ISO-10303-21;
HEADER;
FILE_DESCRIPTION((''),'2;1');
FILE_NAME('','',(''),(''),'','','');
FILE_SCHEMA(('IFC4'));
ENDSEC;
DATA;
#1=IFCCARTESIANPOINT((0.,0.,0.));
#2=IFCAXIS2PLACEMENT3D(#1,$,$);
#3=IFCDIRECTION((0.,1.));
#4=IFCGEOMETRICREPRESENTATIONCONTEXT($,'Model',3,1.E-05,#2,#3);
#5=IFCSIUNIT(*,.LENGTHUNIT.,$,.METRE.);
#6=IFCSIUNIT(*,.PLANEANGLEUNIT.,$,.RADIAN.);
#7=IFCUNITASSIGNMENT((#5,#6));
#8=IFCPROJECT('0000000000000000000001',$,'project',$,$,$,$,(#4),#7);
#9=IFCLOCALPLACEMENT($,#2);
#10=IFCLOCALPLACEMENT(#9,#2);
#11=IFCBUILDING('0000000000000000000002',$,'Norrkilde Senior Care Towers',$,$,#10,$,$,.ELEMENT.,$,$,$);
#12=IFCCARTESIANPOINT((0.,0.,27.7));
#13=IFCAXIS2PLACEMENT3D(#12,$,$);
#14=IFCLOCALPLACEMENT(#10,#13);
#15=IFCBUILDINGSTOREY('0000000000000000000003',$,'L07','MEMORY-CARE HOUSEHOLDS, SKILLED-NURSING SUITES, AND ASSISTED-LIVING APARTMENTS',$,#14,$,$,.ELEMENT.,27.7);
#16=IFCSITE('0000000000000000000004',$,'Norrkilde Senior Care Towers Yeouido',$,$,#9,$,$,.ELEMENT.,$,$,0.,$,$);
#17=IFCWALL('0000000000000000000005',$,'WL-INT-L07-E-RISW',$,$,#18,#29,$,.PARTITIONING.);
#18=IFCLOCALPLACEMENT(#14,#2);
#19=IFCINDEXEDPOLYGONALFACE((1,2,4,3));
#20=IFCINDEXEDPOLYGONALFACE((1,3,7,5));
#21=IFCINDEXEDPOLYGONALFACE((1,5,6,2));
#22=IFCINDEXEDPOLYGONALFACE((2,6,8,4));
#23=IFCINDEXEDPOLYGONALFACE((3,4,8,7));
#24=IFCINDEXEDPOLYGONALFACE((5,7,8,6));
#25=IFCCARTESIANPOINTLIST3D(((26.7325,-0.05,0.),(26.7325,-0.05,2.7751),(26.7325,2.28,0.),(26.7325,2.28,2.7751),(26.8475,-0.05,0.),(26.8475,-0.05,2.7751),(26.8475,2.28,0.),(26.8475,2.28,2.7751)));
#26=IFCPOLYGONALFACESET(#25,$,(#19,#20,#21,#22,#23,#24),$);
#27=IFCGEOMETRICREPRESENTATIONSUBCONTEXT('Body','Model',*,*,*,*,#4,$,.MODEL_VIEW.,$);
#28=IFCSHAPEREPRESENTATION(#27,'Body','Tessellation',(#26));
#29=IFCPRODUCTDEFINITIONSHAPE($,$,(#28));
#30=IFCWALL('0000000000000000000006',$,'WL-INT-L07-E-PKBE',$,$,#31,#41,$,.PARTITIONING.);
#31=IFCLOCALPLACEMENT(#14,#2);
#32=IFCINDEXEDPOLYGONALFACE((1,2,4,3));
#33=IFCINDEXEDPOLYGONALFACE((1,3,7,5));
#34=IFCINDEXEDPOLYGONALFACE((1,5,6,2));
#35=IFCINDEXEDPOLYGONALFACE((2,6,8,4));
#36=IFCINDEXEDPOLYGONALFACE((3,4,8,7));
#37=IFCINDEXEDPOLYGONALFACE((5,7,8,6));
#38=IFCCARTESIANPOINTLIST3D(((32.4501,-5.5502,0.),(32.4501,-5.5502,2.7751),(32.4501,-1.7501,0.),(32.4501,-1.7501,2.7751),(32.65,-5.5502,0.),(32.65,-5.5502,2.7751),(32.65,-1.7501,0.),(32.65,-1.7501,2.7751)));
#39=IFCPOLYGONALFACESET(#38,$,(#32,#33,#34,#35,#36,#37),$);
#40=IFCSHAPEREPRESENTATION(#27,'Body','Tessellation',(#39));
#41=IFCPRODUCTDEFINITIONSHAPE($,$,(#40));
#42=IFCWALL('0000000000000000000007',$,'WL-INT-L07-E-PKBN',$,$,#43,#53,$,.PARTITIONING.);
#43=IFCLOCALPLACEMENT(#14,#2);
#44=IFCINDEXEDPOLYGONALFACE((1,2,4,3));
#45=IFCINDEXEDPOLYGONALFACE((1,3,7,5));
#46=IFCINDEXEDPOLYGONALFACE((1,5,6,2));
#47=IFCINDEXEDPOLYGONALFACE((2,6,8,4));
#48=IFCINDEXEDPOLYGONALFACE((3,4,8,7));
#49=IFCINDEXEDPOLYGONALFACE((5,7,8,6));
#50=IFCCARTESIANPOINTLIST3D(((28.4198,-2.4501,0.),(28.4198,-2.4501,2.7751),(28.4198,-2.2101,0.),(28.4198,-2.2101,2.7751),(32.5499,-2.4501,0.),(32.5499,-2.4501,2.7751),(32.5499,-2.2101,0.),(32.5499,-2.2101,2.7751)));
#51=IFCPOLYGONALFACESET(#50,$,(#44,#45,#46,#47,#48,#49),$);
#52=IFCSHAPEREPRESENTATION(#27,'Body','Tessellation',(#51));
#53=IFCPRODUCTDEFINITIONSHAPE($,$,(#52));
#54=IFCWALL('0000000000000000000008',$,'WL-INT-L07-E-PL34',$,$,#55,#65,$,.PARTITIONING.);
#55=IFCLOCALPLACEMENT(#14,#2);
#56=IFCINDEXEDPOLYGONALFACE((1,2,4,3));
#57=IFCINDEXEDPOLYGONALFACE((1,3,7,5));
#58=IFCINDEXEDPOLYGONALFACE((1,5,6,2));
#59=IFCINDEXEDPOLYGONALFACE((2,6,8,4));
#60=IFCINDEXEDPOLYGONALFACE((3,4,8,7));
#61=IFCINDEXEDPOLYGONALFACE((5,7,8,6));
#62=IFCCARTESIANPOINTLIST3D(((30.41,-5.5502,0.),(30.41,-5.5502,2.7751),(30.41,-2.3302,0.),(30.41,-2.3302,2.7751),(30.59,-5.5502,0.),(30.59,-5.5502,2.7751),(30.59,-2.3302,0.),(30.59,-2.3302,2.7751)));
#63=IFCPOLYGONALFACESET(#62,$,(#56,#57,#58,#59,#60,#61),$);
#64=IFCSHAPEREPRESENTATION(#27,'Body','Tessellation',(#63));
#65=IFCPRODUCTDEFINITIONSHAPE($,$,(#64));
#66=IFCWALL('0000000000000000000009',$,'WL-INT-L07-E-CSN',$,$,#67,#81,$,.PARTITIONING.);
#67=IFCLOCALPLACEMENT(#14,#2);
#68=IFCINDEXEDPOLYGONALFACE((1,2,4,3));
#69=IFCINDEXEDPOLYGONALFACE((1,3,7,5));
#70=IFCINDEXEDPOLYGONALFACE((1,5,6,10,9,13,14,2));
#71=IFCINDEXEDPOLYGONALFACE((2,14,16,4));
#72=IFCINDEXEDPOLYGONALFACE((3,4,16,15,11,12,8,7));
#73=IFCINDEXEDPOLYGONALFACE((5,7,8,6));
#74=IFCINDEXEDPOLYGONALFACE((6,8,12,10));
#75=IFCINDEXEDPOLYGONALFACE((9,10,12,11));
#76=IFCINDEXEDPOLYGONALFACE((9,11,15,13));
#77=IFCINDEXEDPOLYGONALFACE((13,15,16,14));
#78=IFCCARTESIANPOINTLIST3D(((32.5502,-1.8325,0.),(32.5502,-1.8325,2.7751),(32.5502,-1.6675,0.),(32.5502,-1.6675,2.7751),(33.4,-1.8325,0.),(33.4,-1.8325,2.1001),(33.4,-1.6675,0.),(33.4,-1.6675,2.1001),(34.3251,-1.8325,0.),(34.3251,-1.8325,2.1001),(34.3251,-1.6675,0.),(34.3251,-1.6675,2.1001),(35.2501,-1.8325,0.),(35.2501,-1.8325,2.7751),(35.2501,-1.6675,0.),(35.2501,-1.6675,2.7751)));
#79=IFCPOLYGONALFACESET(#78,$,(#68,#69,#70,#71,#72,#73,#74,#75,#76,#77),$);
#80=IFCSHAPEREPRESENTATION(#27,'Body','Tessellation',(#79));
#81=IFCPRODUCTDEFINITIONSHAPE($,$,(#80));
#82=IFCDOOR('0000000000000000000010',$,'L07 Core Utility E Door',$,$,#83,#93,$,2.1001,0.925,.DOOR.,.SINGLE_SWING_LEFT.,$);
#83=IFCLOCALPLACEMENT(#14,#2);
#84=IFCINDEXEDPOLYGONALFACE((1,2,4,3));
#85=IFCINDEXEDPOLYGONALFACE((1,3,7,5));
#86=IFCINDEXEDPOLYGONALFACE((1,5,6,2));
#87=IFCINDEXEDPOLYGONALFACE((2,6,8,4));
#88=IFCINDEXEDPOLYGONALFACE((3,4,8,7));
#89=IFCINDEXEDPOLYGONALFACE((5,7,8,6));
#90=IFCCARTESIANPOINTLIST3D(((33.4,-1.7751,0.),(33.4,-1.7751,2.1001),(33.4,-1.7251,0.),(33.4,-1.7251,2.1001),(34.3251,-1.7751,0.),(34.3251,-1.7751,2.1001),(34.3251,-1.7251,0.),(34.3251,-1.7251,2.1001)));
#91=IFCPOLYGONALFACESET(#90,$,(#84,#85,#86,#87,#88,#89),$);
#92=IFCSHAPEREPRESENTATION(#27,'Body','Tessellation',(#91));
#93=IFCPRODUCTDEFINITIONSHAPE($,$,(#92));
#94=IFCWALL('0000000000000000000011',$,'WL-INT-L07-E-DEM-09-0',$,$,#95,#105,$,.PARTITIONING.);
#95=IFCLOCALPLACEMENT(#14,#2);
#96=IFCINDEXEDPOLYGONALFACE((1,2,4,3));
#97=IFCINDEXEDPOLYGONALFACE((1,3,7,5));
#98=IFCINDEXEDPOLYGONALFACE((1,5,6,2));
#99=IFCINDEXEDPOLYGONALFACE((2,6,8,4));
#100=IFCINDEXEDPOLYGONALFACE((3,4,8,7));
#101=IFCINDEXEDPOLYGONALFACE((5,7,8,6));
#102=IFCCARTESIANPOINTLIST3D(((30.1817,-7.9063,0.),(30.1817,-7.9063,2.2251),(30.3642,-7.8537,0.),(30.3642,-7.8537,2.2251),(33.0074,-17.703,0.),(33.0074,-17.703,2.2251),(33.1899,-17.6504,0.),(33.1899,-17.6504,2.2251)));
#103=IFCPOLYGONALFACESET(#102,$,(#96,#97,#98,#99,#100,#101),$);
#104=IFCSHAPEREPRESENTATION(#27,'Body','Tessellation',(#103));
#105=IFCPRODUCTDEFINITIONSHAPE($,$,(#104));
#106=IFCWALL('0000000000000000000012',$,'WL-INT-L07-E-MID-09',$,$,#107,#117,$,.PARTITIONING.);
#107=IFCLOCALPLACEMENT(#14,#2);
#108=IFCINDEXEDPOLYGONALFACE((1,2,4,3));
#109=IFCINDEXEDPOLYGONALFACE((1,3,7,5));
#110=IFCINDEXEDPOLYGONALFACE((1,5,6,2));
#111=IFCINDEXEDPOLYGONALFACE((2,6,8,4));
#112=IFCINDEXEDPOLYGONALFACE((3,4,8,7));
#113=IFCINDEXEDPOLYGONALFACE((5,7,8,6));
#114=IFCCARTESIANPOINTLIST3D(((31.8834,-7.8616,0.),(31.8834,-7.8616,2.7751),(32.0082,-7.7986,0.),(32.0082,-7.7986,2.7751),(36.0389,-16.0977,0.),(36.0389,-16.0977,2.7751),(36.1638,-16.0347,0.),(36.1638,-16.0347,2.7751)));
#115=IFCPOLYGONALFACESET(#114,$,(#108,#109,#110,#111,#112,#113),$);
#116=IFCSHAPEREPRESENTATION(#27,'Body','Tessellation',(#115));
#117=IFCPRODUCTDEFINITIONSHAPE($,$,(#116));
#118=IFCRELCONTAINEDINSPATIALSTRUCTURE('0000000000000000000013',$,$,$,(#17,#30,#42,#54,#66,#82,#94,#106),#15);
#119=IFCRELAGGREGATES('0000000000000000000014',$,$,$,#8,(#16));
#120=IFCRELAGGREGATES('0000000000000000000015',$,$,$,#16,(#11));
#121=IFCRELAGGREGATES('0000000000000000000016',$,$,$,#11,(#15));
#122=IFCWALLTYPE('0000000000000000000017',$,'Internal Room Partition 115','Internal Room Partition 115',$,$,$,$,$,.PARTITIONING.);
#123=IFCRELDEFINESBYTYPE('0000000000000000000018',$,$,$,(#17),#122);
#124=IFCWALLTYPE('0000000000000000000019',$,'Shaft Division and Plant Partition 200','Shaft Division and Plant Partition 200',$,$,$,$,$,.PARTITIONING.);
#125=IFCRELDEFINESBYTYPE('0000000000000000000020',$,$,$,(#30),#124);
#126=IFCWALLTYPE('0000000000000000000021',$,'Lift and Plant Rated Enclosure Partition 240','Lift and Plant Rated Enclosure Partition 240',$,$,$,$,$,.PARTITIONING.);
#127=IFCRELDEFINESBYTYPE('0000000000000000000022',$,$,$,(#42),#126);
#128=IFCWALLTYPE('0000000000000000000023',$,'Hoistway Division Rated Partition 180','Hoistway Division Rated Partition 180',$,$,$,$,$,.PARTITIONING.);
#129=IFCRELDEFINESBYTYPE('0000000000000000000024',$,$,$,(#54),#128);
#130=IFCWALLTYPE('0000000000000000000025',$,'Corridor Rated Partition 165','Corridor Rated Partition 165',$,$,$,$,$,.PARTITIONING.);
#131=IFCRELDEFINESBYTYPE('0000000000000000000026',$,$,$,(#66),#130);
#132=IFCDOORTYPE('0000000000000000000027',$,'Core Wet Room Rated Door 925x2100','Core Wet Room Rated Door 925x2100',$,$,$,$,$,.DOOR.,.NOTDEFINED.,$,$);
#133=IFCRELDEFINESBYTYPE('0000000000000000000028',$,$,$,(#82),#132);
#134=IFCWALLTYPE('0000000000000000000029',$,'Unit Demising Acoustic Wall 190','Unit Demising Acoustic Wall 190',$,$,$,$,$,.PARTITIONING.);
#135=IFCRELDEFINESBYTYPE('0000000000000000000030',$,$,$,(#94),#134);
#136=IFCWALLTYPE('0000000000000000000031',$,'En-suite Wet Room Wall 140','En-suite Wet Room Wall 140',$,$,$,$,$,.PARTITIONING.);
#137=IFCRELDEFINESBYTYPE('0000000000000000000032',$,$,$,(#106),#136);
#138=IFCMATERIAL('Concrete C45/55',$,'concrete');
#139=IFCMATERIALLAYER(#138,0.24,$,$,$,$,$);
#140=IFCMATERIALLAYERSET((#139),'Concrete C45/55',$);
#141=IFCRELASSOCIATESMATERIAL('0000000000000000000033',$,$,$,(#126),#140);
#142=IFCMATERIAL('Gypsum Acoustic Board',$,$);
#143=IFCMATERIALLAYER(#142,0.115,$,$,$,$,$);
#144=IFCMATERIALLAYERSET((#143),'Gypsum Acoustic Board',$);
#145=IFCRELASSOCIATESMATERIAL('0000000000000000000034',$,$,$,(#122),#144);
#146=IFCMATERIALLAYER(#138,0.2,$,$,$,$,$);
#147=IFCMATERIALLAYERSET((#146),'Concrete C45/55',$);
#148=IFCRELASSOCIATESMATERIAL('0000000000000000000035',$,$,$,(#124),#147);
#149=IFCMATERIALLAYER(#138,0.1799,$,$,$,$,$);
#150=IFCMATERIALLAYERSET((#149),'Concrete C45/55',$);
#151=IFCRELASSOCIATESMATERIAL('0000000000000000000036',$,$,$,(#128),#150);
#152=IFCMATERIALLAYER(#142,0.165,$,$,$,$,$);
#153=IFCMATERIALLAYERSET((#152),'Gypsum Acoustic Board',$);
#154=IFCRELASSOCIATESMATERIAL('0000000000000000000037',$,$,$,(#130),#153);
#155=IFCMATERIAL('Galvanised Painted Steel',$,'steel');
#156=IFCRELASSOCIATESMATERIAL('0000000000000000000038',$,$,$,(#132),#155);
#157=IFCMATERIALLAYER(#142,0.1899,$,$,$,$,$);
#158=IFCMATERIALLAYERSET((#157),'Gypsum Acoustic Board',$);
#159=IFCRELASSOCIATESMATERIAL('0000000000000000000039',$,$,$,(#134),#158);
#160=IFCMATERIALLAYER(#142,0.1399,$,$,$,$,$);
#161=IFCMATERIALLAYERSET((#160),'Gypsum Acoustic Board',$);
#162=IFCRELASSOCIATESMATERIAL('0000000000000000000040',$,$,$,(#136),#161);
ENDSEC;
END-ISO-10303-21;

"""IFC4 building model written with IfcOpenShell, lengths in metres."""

from ifc_helpers import new_model, si_unit, direction, frame, frame_2d, origin, place, context, subcontext, project, spatial, rectangle, extrude, source, transform, mapped, material, layer, layer_set, type_object, type_shapes, element, fill, save


model = new_model("IFC4")

# Units and contexts
model_context = context("Model", 3, precision=1e-05, world=origin(), true_north=direction((0.0, 1.0)))
body_context = subcontext(model_context, "Body", "Model", "MODEL_VIEW")
ifc_project = project(units=[si_unit("LENGTHUNIT", "METRE"), si_unit("PLANEANGLEUNIT", "RADIAN")], contexts=[model_context])

# Site, building, storey
site_placement = place(None, origin())
site = spatial("IfcSite", under=ifc_project, at=site_placement, Name="Norrkilde Senior Care Towers Yeouido", CompositionType="ELEMENT", RefElevation=0.0)
building_placement = place(site_placement, origin())
building = spatial("IfcBuilding", under=site, at=building_placement, Name="Norrkilde Senior Care Towers", CompositionType="ELEMENT")
storey_placement = place(building_placement, frame((0.0, 0.0, 27.7)))
storey = spatial("IfcBuildingStorey", under=building, at=storey_placement, Name="L07", Description="MEMORY-CARE HOUSEHOLDS, SKILLED-NURSING SUITES, AND ASSISTED-LIVING APARTMENTS", CompositionType="ELEMENT", Elevation=27.7)

# Shared definitions
ifc_material_1 = material(Name="Concrete C45/55", Category="concrete")

# Shared definitions
ifc_layer_1 = layer(ifc_material_1, 0.24)
ifc_layer_set_1 = layer_set([ifc_layer_1], Name="Concrete C45/55")
wall_type_1 = type_object("IfcWallType", Name="Lift and Plant Rated Enclosure Partition 240", Description="Lift and Plant Rated Enclosure Partition 240", PredefinedType="PARTITIONING", material=ifc_layer_set_1)

# Shared definitions
ifc_material_2 = material(Name="Galvanised Painted Steel", Category="steel")

# Walls
ifc_material_3 = material(Name="Gypsum Acoustic Board")
ifc_layer_2 = layer(ifc_material_3, 0.115)
ifc_layer_set_2 = layer_set([ifc_layer_2], Name="Gypsum Acoustic Board")
wall_type_2 = type_object("IfcWallType", Name="Internal Room Partition 115", Description="Internal Room Partition 115", PredefinedType="PARTITIONING", material=ifc_layer_set_2)
shared_shape_1 = source(origin(), body_context, "Body", "SweptSolid", [
    extrude(rectangle(XDim=2.3301, YDim=0.115, at=frame_2d((1.165, 0.0))), origin(), (0.0, 0.0, 1.0), 2.7751),
])
type_shapes(wall_type_2, [shared_shape_1])
wall_1_placement = place(storey_placement, frame((26.79, -0.05, 0.0), z_axis=(0.0, 0.0, 1.0), x_axis=(0.0, 1.0, 0.0)))
element("IfcWall", 1, at=wall_1_placement, inside=storey, type_object=wall_type_2, Name="WL-INT-L07-E-RISW", PredefinedType="PARTITIONING", context=body_context, shape_type="MappedRepresentation", body=[
    mapped(shared_shape_1, transform((0.0, 0.0, 0.0), x_axis=(1.0, 0.0, 0.0), y_axis=(0.0, 1.0, 0.0), z_axis=(0.0, 0.0, 1.0), scale=1.0)),
])
ifc_layer_3 = layer(ifc_material_1, 0.2)
ifc_layer_set_3 = layer_set([ifc_layer_3], Name="Concrete C45/55")
wall_type_3 = type_object("IfcWallType", Name="Shaft Division and Plant Partition 200", Description="Shaft Division and Plant Partition 200", PredefinedType="PARTITIONING", material=ifc_layer_set_3)
shared_shape_2 = source(origin(), body_context, "Body", "SweptSolid", [
    extrude(rectangle(XDim=3.8, YDim=0.2, at=frame_2d((1.8999, 0.0))), origin(), (0.0, 0.0, 1.0), 2.7751),
])
type_shapes(wall_type_3, [shared_shape_2])
wall_2_placement = place(storey_placement, frame((32.55, -5.55, 0.0), z_axis=(0.0, 0.0, 1.0), x_axis=(0.0, 1.0, 0.0)))
element("IfcWall", 2, at=wall_2_placement, inside=storey, type_object=wall_type_3, Name="WL-INT-L07-E-PKBE", PredefinedType="PARTITIONING", context=body_context, shape_type="MappedRepresentation", body=[
    mapped(shared_shape_2, transform((0.0, 0.0, 0.0), x_axis=(1.0, 0.0, 0.0), y_axis=(0.0, 1.0, 0.0), z_axis=(0.0, 0.0, 1.0), scale=1.0)),
])
shared_shape_3 = source(origin(), body_context, "Body", "SweptSolid", [
    extrude(rectangle(XDim=4.1301, YDim=0.24, at=frame_2d((2.0649, 0.0))), origin(), (0.0, 0.0, 1.0), 2.7751),
])
wall_3_placement = place(storey_placement, frame((28.4199, -2.3301, 0.0), z_axis=(0.0, 0.0, 1.0), x_axis=(1.0, 0.0, 0.0)))
element("IfcWall", 3, at=wall_3_placement, inside=storey, type_object=wall_type_1, Name="WL-INT-L07-E-PKBN", PredefinedType="PARTITIONING", context=body_context, shape_type="MappedRepresentation", body=[
    mapped(shared_shape_3, transform((0.0, 0.0, 0.0), x_axis=(1.0, 0.0, 0.0), y_axis=(0.0, 1.0, 0.0), z_axis=(0.0, 0.0, 1.0), scale=1.0)),
])
ifc_layer_4 = layer(ifc_material_1, 0.1799)
ifc_layer_set_4 = layer_set([ifc_layer_4], Name="Concrete C45/55")
wall_type_4 = type_object("IfcWallType", Name="Hoistway Division Rated Partition 180", Description="Hoistway Division Rated Partition 180", PredefinedType="PARTITIONING", material=ifc_layer_set_4)
shared_shape_4 = source(origin(), body_context, "Body", "SweptSolid", [
    extrude(rectangle(XDim=3.22, YDim=0.1799, at=frame_2d((1.6099, 0.0))), origin(), (0.0, 0.0, 1.0), 2.7751),
])
type_shapes(wall_type_4, [shared_shape_4])
wall_4_placement = place(storey_placement, frame((30.5, -5.55, 0.0), z_axis=(0.0, 0.0, 1.0), x_axis=(0.0, 1.0, 0.0)))
element("IfcWall", 4, at=wall_4_placement, inside=storey, type_object=wall_type_4, Name="WL-INT-L07-E-PL34", PredefinedType="PARTITIONING", context=body_context, shape_type="MappedRepresentation", body=[
    mapped(shared_shape_4, transform((0.0, 0.0, 0.0), x_axis=(1.0, 0.0, 0.0), y_axis=(0.0, 1.0, 0.0), z_axis=(0.0, 0.0, 1.0), scale=1.0)),
])

# Wall, opening, door
ifc_layer_5 = layer(ifc_material_3, 0.165)
ifc_layer_set_5 = layer_set([ifc_layer_5], Name="Gypsum Acoustic Board")
wall_type_5 = type_object("IfcWallType", Name="Corridor Rated Partition 165", Description="Corridor Rated Partition 165", PredefinedType="PARTITIONING", material=ifc_layer_set_5)
shared_shape_5 = source(origin(), body_context, "Body", "SweptSolid", [
    extrude(rectangle(XDim=2.7, YDim=0.165, at=frame_2d((1.3501, 0.0))), origin(), (0.0, 0.0, 1.0), 2.7751),
])
type_shapes(wall_type_5, [shared_shape_5])
wall_5_placement = place(storey_placement, frame((32.55, -1.75, 0.0), z_axis=(0.0, 0.0, 1.0), x_axis=(1.0, 0.0, 0.0)))
wall_5 = element("IfcWall", 5, at=wall_5_placement, inside=storey, type_object=wall_type_5, Name="WL-INT-L07-E-CSN", PredefinedType="PARTITIONING", context=body_context, shape_type="MappedRepresentation", body=[
    mapped(shared_shape_5, transform((0.0, 0.0, 0.0), x_axis=(1.0, 0.0, 0.0), y_axis=(0.0, 1.0, 0.0), z_axis=(0.0, 0.0, 1.0), scale=1.0)),
])
opening_1_placement = place(wall_5_placement, frame((0.8501, 0.0, 0.0)))
opening_1 = element("IfcOpeningElement", 6, at=opening_1_placement, cuts=wall_5, PredefinedType="OPENING", context=body_context, shape_type="SweptSolid", body=[
    extrude(rectangle(XDim=0.925, YDim=2.1001, at=frame_2d((0.4624, 1.05))), frame((0.0, 0.0925, 0.0), z_axis=(0.0, -1.0, 0.0), x_axis=(1.0, 0.0, 0.0)), (0.0, 0.0, 1.0), 0.1851),
])
door_type_1 = type_object("IfcDoorType", Name="Core Wet Room Rated Door 925x2100", Description="Core Wet Room Rated Door 925x2100", OperationType="NOTDEFINED", PredefinedType="DOOR", material=ifc_material_2)
shared_shape_6 = source(origin(), body_context, "Body", "SweptSolid", [
    extrude(rectangle(XDim=0.925, YDim=2.1001, at=frame_2d((0.4624, 1.05))), frame((0.0, 0.0249, 0.0), z_axis=(0.0, -1.0, 0.0), x_axis=(1.0, 0.0, 0.0)), (0.0, 0.0, 1.0), 0.05),
])
type_shapes(door_type_1, [shared_shape_6])
door_1_placement = place(opening_1_placement, origin())
door_1 = element("IfcDoor", 7, at=door_1_placement, inside=storey, type_object=door_type_1, Name="L07 Core Utility E Door", OperationType="SINGLE_SWING_LEFT", OverallHeight=2.1001, OverallWidth=0.925, PredefinedType="DOOR", context=body_context, shape_type="MappedRepresentation", body=[
    mapped(shared_shape_6, transform((0.0, 0.0, 0.0), x_axis=(1.0, 0.0, 0.0), y_axis=(0.0, 1.0, 0.0), z_axis=(0.0, 0.0, 1.0), scale=1.0)),
])
fill(opening_1, door_1)

# Walls
ifc_layer_6 = layer(ifc_material_3, 0.1899)
ifc_layer_set_6 = layer_set([ifc_layer_6], Name="Gypsum Acoustic Board")
wall_type_6 = type_object("IfcWallType", Name="Unit Demising Acoustic Wall 190", Description="Unit Demising Acoustic Wall 190", PredefinedType="PARTITIONING", material=ifc_layer_set_6)
shared_shape_7 = source(origin(), body_context, "Body", "SweptSolid", [
    extrude(rectangle(XDim=10.196, YDim=0.1899, at=frame_2d((5.0981, 0.0))), origin(), (0.0, 0.0, 1.0), 2.2251),
])
type_shapes(wall_type_6, [shared_shape_7])
wall_6_placement = place(storey_placement, frame((30.2729, -7.8799, 0.0), z_axis=(0.0, 0.0, 1.0), x_axis=(0.277136, -0.960831, 0.0)))
element("IfcWall", 8, at=wall_6_placement, inside=storey, type_object=wall_type_6, Name="WL-INT-L07-E-DEM-09-0", PredefinedType="PARTITIONING", context=body_context, shape_type="MappedRepresentation", body=[
    mapped(shared_shape_7, transform((0.0, 0.0, 0.0), x_axis=(1.0, 0.0, 0.0), y_axis=(0.0, 1.0, 0.0), z_axis=(0.0, 0.0, 1.0), scale=1.0)),
])
ifc_layer_7 = layer(ifc_material_3, 0.1399)
ifc_layer_set_7 = layer_set([ifc_layer_7], Name="Gypsum Acoustic Board")
wall_type_7 = type_object("IfcWallType", Name="En-suite Wet Room Wall 140", Description="En-suite Wet Room Wall 140", PredefinedType="PARTITIONING", material=ifc_layer_set_7)
shared_shape_8 = source(origin(), body_context, "Body", "SweptSolid", [
    extrude(rectangle(XDim=9.2251, YDim=0.1399, at=frame_2d((4.6125, 0.0))), origin(), (0.0, 0.0, 1.0), 2.7751),
])
type_shapes(wall_type_7, [shared_shape_8])
wall_7_placement = place(storey_placement, frame((31.9458, -7.8301, 0.0), z_axis=(0.0, 0.0, 1.0), x_axis=(0.450461, -0.892796, 0.0)))
element("IfcWall", 9, at=wall_7_placement, inside=storey, type_object=wall_type_7, Name="WL-INT-L07-E-MID-09", PredefinedType="PARTITIONING", context=body_context, shape_type="MappedRepresentation", body=[
    mapped(shared_shape_8, transform((0.0, 0.0, 0.0), x_axis=(1.0, 0.0, 0.0), y_axis=(0.0, 1.0, 0.0), z_axis=(0.0, 0.0, 1.0), scale=1.0)),
])

save(model, "model.ifc")
